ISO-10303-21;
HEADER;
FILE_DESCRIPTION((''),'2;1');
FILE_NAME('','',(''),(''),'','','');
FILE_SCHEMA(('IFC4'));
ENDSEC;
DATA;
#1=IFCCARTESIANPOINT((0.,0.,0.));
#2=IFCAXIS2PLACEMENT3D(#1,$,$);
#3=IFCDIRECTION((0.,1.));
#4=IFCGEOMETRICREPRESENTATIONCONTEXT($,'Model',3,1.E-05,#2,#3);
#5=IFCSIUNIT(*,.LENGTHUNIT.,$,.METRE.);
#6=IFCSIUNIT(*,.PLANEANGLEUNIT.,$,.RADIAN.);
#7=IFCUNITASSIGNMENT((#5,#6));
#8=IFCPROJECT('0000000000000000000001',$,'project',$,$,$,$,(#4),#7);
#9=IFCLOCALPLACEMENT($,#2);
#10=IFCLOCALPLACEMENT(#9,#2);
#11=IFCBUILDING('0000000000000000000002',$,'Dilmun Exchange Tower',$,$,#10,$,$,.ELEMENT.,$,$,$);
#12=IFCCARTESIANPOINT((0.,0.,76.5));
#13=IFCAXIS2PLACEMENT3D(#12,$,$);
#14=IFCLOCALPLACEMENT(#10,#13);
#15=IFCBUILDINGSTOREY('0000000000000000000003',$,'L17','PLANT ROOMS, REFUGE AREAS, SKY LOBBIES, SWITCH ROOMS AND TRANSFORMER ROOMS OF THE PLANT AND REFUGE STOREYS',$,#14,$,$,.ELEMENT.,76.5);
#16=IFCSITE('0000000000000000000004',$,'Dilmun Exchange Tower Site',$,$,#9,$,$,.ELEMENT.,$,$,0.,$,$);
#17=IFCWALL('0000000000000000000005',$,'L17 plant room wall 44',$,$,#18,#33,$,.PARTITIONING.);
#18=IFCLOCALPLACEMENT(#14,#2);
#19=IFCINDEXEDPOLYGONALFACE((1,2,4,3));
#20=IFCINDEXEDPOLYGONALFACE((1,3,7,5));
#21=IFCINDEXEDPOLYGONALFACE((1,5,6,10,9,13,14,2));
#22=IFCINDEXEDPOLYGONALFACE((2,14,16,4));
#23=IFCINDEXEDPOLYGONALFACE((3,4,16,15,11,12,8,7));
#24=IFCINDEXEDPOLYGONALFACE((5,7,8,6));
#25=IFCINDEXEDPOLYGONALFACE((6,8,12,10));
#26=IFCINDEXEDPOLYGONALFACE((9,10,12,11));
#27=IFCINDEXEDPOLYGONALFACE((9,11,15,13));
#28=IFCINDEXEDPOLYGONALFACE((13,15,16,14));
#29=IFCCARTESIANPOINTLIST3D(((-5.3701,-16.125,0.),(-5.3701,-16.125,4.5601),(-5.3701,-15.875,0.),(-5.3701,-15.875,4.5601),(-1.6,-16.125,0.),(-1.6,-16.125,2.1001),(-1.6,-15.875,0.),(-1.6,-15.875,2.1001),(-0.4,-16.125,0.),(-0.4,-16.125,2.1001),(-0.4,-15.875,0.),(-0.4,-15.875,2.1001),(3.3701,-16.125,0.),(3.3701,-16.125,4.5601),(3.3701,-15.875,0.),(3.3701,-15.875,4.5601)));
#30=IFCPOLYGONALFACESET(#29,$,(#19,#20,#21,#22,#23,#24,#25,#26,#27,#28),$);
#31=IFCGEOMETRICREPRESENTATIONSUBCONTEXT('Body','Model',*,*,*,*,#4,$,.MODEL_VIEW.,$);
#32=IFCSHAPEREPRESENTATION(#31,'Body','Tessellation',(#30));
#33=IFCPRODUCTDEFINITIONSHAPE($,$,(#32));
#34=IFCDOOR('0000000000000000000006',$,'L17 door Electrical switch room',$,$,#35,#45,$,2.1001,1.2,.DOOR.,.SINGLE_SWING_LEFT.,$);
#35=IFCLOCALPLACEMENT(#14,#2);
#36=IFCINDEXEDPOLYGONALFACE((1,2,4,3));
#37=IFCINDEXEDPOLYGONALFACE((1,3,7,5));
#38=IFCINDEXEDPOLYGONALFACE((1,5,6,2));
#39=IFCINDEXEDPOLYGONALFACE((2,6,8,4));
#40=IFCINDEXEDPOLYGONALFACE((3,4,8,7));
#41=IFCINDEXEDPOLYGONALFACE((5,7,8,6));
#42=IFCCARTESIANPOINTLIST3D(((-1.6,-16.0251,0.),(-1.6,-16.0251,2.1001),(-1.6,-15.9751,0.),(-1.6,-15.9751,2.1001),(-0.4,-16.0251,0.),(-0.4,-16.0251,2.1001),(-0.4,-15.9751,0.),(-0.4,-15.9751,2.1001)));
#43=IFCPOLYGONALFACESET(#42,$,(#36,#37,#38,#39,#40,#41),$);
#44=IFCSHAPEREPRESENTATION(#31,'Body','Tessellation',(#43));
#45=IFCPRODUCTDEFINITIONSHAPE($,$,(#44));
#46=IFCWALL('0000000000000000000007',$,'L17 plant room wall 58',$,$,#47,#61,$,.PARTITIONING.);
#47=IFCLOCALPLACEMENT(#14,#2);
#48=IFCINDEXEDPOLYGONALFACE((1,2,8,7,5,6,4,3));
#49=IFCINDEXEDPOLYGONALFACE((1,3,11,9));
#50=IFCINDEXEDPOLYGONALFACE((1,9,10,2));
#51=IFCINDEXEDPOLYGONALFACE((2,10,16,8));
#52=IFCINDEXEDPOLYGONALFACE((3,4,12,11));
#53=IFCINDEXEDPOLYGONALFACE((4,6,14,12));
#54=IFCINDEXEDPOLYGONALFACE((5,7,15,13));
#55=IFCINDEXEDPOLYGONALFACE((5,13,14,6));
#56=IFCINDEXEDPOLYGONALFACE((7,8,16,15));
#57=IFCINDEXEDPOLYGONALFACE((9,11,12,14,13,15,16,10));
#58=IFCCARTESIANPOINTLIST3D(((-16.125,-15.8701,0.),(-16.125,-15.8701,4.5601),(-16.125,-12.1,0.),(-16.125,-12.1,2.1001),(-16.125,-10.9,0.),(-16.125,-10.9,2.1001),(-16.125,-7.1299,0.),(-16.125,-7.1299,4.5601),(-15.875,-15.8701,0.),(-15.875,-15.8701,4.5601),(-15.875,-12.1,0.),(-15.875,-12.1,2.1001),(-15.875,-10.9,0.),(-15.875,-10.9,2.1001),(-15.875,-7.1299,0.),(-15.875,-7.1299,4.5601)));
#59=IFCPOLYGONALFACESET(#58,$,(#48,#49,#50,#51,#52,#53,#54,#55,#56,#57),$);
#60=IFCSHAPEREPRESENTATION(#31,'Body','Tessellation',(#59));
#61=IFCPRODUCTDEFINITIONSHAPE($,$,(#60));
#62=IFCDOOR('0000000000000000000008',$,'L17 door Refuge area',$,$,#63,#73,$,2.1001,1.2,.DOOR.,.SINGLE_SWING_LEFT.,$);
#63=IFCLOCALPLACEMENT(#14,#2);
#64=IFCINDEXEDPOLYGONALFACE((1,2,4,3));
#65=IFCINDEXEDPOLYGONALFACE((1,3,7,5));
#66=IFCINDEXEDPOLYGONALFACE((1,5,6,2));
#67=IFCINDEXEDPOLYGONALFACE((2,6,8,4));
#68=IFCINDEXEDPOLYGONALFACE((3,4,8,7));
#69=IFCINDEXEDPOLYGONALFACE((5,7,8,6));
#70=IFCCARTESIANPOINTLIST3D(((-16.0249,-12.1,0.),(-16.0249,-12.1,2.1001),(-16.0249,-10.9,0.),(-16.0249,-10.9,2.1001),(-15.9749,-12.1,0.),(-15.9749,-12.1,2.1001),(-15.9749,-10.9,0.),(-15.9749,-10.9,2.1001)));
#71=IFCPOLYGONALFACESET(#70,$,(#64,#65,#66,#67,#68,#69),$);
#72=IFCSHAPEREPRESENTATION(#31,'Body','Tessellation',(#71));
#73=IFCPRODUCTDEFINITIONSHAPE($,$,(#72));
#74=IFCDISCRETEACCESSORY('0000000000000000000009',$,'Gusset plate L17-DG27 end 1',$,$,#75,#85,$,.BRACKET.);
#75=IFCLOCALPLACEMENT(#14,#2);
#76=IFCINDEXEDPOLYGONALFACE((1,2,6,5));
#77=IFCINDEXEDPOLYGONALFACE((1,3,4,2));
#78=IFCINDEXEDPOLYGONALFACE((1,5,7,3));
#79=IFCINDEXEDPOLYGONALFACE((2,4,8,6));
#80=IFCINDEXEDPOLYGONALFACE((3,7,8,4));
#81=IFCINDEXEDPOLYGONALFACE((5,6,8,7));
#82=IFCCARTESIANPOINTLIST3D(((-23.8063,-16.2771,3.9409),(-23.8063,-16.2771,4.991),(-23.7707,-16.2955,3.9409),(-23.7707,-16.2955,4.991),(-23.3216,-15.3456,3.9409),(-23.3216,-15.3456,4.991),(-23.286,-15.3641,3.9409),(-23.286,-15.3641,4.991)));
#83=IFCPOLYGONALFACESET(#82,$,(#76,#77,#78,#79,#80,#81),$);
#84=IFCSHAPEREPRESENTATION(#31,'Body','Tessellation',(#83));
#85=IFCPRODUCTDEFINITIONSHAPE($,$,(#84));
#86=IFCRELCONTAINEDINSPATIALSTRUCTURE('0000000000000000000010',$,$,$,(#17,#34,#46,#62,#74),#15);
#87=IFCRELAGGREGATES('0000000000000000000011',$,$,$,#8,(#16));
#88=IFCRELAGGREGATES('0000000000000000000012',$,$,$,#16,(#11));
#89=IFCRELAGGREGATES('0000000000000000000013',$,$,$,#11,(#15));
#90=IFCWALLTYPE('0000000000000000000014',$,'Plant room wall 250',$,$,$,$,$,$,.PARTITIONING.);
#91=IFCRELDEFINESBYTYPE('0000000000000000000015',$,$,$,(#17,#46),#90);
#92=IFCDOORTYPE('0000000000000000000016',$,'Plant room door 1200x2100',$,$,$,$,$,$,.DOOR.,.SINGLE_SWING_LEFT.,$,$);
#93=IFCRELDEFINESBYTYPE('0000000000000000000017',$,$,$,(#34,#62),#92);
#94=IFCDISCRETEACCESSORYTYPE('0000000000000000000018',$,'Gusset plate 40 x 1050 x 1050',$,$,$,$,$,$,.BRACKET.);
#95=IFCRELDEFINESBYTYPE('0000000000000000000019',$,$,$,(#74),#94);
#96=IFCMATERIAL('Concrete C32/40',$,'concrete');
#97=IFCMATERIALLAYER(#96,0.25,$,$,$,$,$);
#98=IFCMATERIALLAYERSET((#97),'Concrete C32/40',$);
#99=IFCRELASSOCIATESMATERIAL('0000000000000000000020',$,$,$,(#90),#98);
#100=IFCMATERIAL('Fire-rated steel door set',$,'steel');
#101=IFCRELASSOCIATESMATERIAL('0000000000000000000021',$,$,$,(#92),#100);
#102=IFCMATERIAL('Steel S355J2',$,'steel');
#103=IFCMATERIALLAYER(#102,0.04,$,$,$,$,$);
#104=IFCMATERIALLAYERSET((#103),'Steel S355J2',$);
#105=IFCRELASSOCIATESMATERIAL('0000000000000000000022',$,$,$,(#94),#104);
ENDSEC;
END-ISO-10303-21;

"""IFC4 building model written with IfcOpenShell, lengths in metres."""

from ifc_helpers import new_model, si_unit, direction, frame, frame_2d, origin, origin_2d, place, context, subcontext, project, spatial, rectangle, extrude, material, layer, layer_set, type_object, element, fill, save


model = new_model("IFC4")

# Units and contexts
model_context = context("Model", 3, precision=1e-05, world=origin(), true_north=direction((0.0, 1.0)))
body_context = subcontext(model_context, "Body", "Model", "MODEL_VIEW")
ifc_project = project(units=[si_unit("LENGTHUNIT", "METRE"), si_unit("PLANEANGLEUNIT", "RADIAN")], contexts=[model_context])

# Site, building, storey
site_placement = place(None, origin())
site = spatial("IfcSite", under=ifc_project, at=site_placement, Name="Dilmun Exchange Tower Site", CompositionType="ELEMENT", RefElevation=0.0)
building_placement = place(site_placement, origin())
building = spatial("IfcBuilding", under=site, at=building_placement, Name="Dilmun Exchange Tower", CompositionType="ELEMENT")
storey_placement = place(building_placement, frame((0.0, 0.0, 76.5)))
storey = spatial("IfcBuildingStorey", under=building, at=storey_placement, Name="L17", Description="PLANT ROOMS, REFUGE AREAS, SKY LOBBIES, SWITCH ROOMS AND TRANSFORMER ROOMS OF THE PLANT AND REFUGE STOREYS", CompositionType="ELEMENT", Elevation=76.5)

# Shared definitions
ifc_material_1 = material(Name="Concrete C32/40", Category="concrete")
ifc_layer_1 = layer(ifc_material_1, 0.25)
ifc_layer_set_1 = layer_set([ifc_layer_1], Name="Concrete C32/40")
wall_type = type_object("IfcWallType", Name="Plant room wall 250", PredefinedType="PARTITIONING", material=ifc_layer_set_1)

# Walls, openings, doors
ifc_material_2 = material(Name="Fire-rated steel door set", Category="steel")
door_type = type_object("IfcDoorType", Name="Plant room door 1200x2100", OperationType="SINGLE_SWING_LEFT", PredefinedType="DOOR", material=ifc_material_2)
wall_1_placement = place(storey_placement, frame((-5.3701, -16.0, 0.0), z_axis=(0.0, 0.0, 1.0), x_axis=(1.0, 0.0, 0.0)))
wall_1 = element("IfcWall", 1, at=wall_1_placement, inside=storey, type_object=wall_type, Name="L17 plant room wall 44", PredefinedType="PARTITIONING", context=body_context, shape_type="SweptSolid", body=[
    extrude(rectangle(XDim=8.7402, YDim=0.25, at=frame_2d((4.3701, 0.0))), origin(), (0.0, 0.0, 1.0), 4.5601),
])
opening_1_placement = place(wall_1_placement, frame((3.77, 0.0, 0.0)))
opening_1 = element("IfcOpeningElement", 2, at=opening_1_placement, cuts=wall_1, PredefinedType="OPENING", context=body_context, shape_type="SweptSolid", body=[
    extrude(rectangle(XDim=1.2, YDim=2.1001, at=frame_2d((0.6001, 1.05))), frame((0.0, 0.135, 0.0), z_axis=(0.0, -1.0, 0.0), x_axis=(1.0, 0.0, 0.0)), (0.0, 0.0, 1.0), 0.27),
])
door_1_placement = place(opening_1_placement, origin())
door_1 = element("IfcDoor", 3, at=door_1_placement, inside=storey, type_object=door_type, Name="L17 door Electrical switch room", OperationType="SINGLE_SWING_LEFT", OverallHeight=2.1001, OverallWidth=1.2, PredefinedType="DOOR", context=body_context, shape_type="SweptSolid", body=[
    extrude(rectangle(XDim=1.2, YDim=2.1001, at=frame_2d((0.6001, 1.05))), frame((0.0, 0.0249, 0.0), z_axis=(0.0, -1.0, 0.0), x_axis=(1.0, 0.0, 0.0)), (0.0, 0.0, 1.0), 0.05),
])
fill(opening_1, door_1)
wall_2_placement = place(storey_placement, frame((-16.0, -15.8701, 0.0), z_axis=(0.0, 0.0, 1.0), x_axis=(0.0, 1.0, 0.0)))
wall_2 = element("IfcWall", 4, at=wall_2_placement, inside=storey, type_object=wall_type, Name="L17 plant room wall 58", PredefinedType="PARTITIONING", context=body_context, shape_type="SweptSolid", body=[
    extrude(rectangle(XDim=8.7402, YDim=0.25, at=frame_2d((4.3701, 0.0))), origin(), (0.0, 0.0, 1.0), 4.5601),
])
opening_2_placement = place(wall_2_placement, frame((3.77, 0.0, 0.0)))
opening_2 = element("IfcOpeningElement", 5, at=opening_2_placement, cuts=wall_2, PredefinedType="OPENING", context=body_context, shape_type="SweptSolid", body=[
    extrude(rectangle(XDim=1.2, YDim=2.1001, at=frame_2d((0.6001, 1.05))), frame((0.0, 0.135, 0.0), z_axis=(0.0, -1.0, 0.0), x_axis=(1.0, 0.0, 0.0)), (0.0, 0.0, 1.0), 0.27),
])
door_2_placement = place(opening_2_placement, origin())
door_2 = element("IfcDoor", 6, at=door_2_placement, inside=storey, type_object=door_type, Name="L17 door Refuge area", OperationType="SINGLE_SWING_LEFT", OverallHeight=2.1001, OverallWidth=1.2, PredefinedType="DOOR", context=body_context, shape_type="SweptSolid", body=[
    extrude(rectangle(XDim=1.2, YDim=2.1001, at=frame_2d((0.6001, 1.05))), frame((0.0, 0.0249, 0.0), z_axis=(0.0, -1.0, 0.0), x_axis=(1.0, 0.0, 0.0)), (0.0, 0.0, 1.0), 0.05),
])
fill(opening_2, door_2)

# Discrete accessory
ifc_material_3 = material(Name="Steel S355J2", Category="steel")
ifc_layer_2 = layer(ifc_material_3, 0.04)
ifc_layer_set_2 = layer_set([ifc_layer_2], Name="Steel S355J2")
discrete_accessory_type = type_object("IfcDiscreteAccessoryType", Name="Gusset plate 40 x 1050 x 1050", PredefinedType="BRACKET", material=ifc_layer_set_2)
discrete_accessory_placement = place(storey_placement, frame((-23.5461, -15.8206, 3.9409), z_axis=(0.0, 0.0, 1.0), x_axis=(-0.461598, -0.887089, 0.0)))
element("IfcDiscreteAccessory", 7, at=discrete_accessory_placement, inside=storey, type_object=discrete_accessory_type, Name="Gusset plate L17-DG27 end 1", PredefinedType="BRACKET", context=body_context, shape_type="SweptSolid", body=[
    extrude(rectangle(XDim=1.05, YDim=0.04, at=origin_2d()), origin(), (0.0, 0.0, 1.0), 1.05),
])

save(model, "model.ifc")
